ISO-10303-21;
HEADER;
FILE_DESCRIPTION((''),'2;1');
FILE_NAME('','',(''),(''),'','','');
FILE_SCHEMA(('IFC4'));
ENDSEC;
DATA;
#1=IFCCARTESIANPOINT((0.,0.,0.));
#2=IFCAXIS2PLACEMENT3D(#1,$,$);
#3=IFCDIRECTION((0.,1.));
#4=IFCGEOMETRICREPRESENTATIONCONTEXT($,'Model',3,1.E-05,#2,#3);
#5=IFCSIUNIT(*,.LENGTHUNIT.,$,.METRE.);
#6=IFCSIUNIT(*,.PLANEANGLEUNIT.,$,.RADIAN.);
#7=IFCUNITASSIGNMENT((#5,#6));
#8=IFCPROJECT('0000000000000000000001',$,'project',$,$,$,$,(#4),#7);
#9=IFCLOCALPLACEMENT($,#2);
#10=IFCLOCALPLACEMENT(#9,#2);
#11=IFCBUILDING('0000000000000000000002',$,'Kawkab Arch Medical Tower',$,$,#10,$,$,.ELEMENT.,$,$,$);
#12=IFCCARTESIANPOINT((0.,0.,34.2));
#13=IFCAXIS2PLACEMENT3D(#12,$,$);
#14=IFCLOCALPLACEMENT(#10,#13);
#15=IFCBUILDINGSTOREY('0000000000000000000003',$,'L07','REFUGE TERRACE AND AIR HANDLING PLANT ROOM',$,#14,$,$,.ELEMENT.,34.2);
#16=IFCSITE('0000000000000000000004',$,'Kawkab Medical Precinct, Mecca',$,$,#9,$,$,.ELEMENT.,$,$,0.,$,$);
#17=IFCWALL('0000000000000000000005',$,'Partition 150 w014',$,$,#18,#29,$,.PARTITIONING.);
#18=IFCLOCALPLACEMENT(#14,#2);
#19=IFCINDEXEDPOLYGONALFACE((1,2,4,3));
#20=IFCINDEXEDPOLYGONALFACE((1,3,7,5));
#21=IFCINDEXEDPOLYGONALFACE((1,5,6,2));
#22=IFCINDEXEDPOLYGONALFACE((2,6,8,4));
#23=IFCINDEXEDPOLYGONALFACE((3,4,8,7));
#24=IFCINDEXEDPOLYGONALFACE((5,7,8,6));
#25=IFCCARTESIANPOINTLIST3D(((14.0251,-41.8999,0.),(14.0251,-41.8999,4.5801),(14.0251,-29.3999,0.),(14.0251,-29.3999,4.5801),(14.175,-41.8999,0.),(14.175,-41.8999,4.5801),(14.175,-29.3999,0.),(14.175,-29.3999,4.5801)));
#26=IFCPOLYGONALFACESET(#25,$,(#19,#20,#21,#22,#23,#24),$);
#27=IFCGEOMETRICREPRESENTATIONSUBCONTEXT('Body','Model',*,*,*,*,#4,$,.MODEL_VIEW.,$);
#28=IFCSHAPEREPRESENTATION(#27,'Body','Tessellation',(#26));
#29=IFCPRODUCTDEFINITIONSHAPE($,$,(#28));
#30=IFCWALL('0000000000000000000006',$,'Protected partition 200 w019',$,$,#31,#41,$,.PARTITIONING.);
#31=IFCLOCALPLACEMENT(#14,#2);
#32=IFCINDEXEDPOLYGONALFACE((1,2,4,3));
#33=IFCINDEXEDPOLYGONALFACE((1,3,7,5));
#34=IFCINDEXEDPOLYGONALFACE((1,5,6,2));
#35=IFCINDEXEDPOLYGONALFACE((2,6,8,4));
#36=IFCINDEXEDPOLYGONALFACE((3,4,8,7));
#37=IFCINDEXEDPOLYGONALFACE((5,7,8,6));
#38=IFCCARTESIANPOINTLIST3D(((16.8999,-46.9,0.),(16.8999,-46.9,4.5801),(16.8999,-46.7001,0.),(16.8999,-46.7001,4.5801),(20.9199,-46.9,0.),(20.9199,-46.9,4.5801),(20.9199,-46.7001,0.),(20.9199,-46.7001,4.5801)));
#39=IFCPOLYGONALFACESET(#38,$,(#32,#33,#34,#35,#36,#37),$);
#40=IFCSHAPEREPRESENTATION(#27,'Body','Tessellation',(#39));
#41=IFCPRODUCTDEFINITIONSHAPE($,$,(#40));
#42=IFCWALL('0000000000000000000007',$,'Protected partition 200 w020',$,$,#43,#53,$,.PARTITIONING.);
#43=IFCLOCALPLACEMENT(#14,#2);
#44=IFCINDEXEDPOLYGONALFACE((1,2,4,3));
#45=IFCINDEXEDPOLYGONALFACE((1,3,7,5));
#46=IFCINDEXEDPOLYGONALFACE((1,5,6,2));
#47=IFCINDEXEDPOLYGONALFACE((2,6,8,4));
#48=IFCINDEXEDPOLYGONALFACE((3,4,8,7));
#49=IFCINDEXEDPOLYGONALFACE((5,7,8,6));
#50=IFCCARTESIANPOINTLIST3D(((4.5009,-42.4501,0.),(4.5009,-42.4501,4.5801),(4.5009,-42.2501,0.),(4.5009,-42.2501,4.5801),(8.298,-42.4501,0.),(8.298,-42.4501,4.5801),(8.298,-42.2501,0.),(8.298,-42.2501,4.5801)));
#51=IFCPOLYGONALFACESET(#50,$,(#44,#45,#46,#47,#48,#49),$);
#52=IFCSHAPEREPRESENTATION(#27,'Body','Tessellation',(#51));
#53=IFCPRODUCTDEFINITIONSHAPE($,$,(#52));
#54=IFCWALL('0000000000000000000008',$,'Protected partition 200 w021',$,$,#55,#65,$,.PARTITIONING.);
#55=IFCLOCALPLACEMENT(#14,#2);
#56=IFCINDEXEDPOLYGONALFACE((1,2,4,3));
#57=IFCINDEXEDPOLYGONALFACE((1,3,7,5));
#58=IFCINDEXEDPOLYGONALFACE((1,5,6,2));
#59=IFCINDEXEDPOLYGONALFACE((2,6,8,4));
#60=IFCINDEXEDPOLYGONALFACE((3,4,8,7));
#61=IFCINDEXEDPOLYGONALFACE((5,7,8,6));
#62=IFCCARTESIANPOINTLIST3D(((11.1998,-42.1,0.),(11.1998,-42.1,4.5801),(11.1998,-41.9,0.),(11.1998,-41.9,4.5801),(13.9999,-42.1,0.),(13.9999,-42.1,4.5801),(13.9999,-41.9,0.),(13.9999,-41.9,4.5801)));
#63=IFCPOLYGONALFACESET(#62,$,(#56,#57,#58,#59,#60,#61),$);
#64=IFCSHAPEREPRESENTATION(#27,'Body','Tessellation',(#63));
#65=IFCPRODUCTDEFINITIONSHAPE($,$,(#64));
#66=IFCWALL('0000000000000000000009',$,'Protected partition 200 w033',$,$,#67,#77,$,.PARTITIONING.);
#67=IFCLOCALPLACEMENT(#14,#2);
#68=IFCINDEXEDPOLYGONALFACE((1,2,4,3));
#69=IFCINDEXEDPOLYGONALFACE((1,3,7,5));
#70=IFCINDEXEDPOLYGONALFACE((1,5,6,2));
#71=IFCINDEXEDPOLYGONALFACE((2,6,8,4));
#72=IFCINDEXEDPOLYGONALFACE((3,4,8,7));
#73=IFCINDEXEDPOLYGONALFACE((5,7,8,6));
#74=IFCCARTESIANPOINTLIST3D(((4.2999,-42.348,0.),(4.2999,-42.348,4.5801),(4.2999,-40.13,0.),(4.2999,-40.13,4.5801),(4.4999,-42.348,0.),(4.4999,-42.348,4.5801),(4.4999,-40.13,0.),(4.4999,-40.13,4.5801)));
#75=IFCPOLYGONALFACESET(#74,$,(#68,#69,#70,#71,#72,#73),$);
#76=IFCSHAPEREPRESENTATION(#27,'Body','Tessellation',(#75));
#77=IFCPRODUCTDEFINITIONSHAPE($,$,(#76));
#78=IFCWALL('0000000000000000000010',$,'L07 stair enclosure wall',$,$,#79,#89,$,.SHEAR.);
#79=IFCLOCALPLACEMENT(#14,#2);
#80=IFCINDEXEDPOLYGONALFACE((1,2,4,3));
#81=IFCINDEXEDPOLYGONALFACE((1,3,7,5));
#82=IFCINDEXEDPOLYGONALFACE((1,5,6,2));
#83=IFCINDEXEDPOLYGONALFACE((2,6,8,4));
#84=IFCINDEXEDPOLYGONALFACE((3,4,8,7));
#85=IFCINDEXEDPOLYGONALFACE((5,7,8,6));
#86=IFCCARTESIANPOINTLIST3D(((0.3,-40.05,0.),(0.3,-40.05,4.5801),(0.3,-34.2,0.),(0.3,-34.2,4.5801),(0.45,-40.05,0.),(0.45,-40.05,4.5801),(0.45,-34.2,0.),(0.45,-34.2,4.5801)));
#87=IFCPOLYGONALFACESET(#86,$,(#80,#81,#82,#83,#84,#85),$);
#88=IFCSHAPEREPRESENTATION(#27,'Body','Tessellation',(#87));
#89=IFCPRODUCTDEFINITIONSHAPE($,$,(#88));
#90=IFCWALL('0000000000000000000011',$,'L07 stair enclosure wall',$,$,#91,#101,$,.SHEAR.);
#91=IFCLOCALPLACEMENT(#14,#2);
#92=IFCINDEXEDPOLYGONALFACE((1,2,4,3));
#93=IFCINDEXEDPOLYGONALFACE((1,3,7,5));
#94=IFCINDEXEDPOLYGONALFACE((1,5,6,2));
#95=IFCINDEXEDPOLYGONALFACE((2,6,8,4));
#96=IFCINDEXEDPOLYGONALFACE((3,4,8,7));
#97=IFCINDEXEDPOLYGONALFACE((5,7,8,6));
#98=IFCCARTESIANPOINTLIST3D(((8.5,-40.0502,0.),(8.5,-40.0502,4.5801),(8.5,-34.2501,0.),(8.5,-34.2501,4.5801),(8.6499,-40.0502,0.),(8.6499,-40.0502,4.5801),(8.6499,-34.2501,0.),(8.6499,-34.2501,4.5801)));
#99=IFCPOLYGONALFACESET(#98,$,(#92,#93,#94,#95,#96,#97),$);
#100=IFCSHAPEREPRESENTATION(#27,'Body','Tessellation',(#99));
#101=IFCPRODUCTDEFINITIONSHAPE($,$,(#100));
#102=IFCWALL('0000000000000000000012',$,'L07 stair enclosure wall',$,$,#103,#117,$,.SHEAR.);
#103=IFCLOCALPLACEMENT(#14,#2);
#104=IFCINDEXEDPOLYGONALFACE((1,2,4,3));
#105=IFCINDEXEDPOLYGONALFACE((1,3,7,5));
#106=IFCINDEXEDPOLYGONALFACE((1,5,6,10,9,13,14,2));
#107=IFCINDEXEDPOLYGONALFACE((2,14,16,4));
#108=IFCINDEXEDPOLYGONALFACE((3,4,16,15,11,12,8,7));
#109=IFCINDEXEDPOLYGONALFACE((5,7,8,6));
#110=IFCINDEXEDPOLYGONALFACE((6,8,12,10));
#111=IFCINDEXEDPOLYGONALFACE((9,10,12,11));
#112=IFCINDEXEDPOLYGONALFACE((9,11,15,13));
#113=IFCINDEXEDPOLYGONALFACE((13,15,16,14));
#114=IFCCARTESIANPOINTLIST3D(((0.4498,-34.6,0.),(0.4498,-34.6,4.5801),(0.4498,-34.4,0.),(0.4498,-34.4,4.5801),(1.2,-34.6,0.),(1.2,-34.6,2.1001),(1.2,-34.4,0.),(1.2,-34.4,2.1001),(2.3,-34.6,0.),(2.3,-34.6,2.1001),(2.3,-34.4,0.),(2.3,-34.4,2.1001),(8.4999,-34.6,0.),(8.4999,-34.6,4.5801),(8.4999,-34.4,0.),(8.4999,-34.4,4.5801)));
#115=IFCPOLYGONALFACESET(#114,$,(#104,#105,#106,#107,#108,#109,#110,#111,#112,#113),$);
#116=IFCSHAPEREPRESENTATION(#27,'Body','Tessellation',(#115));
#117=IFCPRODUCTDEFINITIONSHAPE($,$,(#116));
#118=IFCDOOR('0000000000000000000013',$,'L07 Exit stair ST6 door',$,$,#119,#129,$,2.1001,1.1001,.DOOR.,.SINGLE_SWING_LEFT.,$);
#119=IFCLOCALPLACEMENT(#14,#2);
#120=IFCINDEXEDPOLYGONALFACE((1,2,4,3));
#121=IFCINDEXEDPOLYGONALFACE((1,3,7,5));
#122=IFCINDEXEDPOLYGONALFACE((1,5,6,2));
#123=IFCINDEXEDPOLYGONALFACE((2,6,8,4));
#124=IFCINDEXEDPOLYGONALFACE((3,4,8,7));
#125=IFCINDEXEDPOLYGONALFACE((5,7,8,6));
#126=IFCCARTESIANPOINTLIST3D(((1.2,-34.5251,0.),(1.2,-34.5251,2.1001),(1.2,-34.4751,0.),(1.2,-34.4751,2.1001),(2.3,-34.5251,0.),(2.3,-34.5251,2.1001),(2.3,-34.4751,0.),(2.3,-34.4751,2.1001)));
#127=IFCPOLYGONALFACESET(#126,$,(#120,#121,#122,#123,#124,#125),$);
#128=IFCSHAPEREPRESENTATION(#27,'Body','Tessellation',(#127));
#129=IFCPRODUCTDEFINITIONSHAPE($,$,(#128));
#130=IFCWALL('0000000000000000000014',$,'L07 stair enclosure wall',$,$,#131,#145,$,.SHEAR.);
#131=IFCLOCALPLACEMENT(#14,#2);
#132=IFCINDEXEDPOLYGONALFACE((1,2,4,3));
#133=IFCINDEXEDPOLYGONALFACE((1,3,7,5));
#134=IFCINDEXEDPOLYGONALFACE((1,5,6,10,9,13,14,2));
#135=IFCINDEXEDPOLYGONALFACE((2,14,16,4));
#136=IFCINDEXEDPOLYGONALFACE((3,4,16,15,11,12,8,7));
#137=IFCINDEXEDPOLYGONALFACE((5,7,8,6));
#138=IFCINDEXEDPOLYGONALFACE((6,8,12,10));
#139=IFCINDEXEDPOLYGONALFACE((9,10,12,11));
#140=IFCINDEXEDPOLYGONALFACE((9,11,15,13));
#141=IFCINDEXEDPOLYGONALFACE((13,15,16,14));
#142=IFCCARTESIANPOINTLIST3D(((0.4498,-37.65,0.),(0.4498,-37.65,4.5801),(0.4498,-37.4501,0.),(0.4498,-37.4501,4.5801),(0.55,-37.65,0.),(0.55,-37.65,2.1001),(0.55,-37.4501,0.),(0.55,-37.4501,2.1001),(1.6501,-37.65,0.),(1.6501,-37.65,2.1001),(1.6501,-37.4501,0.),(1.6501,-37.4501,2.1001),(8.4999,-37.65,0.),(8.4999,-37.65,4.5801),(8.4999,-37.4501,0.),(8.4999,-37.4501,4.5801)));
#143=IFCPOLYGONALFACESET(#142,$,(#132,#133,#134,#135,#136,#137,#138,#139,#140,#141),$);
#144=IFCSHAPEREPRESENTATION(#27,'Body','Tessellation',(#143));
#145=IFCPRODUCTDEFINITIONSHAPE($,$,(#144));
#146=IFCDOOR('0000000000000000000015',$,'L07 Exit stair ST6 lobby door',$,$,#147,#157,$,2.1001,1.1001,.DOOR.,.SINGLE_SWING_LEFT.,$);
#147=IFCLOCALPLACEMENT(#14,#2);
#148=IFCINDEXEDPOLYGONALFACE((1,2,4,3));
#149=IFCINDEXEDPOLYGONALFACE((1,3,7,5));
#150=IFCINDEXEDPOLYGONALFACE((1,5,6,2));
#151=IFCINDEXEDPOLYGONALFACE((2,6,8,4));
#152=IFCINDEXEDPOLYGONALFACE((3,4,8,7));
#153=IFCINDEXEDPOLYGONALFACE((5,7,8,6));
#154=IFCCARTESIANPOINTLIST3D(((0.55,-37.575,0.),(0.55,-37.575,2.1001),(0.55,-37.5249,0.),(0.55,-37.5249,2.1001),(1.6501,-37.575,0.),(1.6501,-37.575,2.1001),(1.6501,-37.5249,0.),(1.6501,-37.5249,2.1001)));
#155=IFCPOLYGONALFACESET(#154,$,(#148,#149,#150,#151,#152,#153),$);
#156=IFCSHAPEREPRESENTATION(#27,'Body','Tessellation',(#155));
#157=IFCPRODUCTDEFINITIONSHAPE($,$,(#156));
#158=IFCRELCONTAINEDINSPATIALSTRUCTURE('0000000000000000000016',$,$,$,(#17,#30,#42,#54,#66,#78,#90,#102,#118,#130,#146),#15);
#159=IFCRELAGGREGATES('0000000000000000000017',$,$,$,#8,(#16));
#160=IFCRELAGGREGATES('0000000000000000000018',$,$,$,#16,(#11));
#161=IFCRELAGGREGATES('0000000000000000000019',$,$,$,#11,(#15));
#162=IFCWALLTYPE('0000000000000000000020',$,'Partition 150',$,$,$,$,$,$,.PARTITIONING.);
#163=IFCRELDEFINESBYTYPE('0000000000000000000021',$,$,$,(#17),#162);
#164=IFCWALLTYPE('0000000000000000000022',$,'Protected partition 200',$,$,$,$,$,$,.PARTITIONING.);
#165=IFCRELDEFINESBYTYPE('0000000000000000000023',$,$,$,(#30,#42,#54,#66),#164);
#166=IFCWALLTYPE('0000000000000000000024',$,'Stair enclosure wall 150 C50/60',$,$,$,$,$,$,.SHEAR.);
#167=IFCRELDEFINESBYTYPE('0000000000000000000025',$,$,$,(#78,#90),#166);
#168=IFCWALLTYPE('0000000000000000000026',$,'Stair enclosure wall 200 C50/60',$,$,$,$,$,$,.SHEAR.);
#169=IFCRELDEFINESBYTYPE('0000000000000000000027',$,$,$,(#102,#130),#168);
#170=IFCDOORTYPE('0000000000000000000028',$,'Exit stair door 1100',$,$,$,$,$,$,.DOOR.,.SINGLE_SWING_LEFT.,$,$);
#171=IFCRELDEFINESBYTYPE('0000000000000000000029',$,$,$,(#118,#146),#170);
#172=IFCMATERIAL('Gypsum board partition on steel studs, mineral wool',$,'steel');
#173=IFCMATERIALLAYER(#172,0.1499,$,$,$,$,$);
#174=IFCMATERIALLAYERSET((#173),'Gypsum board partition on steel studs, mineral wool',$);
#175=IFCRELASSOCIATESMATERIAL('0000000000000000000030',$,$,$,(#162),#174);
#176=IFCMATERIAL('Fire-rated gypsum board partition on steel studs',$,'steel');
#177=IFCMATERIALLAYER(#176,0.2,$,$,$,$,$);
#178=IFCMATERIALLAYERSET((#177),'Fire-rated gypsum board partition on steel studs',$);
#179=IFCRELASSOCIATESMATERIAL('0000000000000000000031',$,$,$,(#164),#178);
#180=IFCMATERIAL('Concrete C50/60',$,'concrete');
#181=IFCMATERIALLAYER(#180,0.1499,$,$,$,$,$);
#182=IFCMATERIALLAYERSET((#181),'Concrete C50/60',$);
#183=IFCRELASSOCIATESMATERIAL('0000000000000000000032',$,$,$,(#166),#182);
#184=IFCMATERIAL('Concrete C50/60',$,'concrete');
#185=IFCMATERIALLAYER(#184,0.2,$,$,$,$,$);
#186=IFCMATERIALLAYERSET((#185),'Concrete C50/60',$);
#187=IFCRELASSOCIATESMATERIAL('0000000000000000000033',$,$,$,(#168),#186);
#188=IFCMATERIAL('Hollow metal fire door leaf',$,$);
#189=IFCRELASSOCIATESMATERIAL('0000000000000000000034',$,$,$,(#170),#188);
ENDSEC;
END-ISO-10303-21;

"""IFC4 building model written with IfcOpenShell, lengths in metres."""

from ifc_helpers import new_model, si_unit, direction, frame, frame_2d, origin, place, context, subcontext, project, spatial, rectangle, extrude, material, layer, layer_set, type_object, element, fill, save


model = new_model("IFC4")

# Units and contexts
model_context = context("Model", 3, precision=1e-05, world=origin(), true_north=direction((0.0, 1.0)))
body_context = subcontext(model_context, "Body", "Model", "MODEL_VIEW")
ifc_project = project(units=[si_unit("LENGTHUNIT", "METRE"), si_unit("PLANEANGLEUNIT", "RADIAN")], contexts=[model_context])

# Site, building, storey
site_placement = place(None, origin())
site = spatial("IfcSite", under=ifc_project, at=site_placement, Name="Kawkab Medical Precinct, Mecca", CompositionType="ELEMENT", RefElevation=0.0)
building_placement = place(site_placement, origin())
building = spatial("IfcBuilding", under=site, at=building_placement, Name="Kawkab Arch Medical Tower", CompositionType="ELEMENT")
storey_placement = place(building_placement, frame((0.0, 0.0, 34.2)))
storey = spatial("IfcBuildingStorey", under=building, at=storey_placement, Name="L07", Description="REFUGE TERRACE AND AIR HANDLING PLANT ROOM", CompositionType="ELEMENT", Elevation=34.2)

# Shared definitions
ifc_material_1 = material(Name="Gypsum board partition on steel studs, mineral wool", Category="steel")
ifc_layer_1 = layer(ifc_material_1, 0.1499)
ifc_layer_set_1 = layer_set([ifc_layer_1], Name="Gypsum board partition on steel studs, mineral wool")
wall_type_1 = type_object("IfcWallType", Name="Partition 150", PredefinedType="PARTITIONING", material=ifc_layer_set_1)

# Walls
wall_1_placement = place(storey_placement, frame((14.1001, -41.8999, 0.0), z_axis=(0.0, 0.0, 1.0), x_axis=(0.0, 1.0, 0.0)))
element("IfcWall", 1, at=wall_1_placement, inside=storey, type_object=wall_type_1, Name="Partition 150 w014", PredefinedType="PARTITIONING", context=body_context, shape_type="SweptSolid", body=[
    extrude(rectangle(XDim=12.5, YDim=0.1499, at=frame_2d((6.25, 0.0))), origin(), (0.0, 0.0, 1.0), 4.5801),
])
ifc_material_2 = material(Name="Fire-rated gypsum board partition on steel studs", Category="steel")
ifc_layer_2 = layer(ifc_material_2, 0.2)
ifc_layer_set_2 = layer_set([ifc_layer_2], Name="Fire-rated gypsum board partition on steel studs")
wall_type_2 = type_object("IfcWallType", Name="Protected partition 200", PredefinedType="PARTITIONING", material=ifc_layer_set_2)
wall_2_placement = place(storey_placement, frame((16.8999, -46.8, 0.0), z_axis=(0.0, 0.0, 1.0), x_axis=(1.0, 0.0, 0.0)))
element("IfcWall", 2, at=wall_2_placement, inside=storey, type_object=wall_type_2, Name="Protected partition 200 w019", PredefinedType="PARTITIONING", context=body_context, shape_type="SweptSolid", body=[
    extrude(rectangle(XDim=4.02, YDim=0.2, at=frame_2d((2.01, 0.0))), origin(), (0.0, 0.0, 1.0), 4.5801),
])
wall_3_placement = place(storey_placement, frame((4.501, -42.3501, 0.0), z_axis=(0.0, 0.0, 1.0), x_axis=(1.0, 0.0, 0.0)))
element("IfcWall", 3, at=wall_3_placement, inside=storey, type_object=wall_type_2, Name="Protected partition 200 w020", PredefinedType="PARTITIONING", context=body_context, shape_type="SweptSolid", body=[
    extrude(rectangle(XDim=3.7971, YDim=0.2, at=frame_2d((1.8984, 0.0))), origin(), (0.0, 0.0, 1.0), 4.5801),
])
wall_4_placement = place(storey_placement, frame((11.2, -42.0, 0.0), z_axis=(0.0, 0.0, 1.0), x_axis=(1.0, 0.0, 0.0)))
element("IfcWall", 4, at=wall_4_placement, inside=storey, type_object=wall_type_2, Name="Protected partition 200 w021", PredefinedType="PARTITIONING", context=body_context, shape_type="SweptSolid", body=[
    extrude(rectangle(XDim=2.8, YDim=0.2, at=frame_2d((1.3999, 0.0))), origin(), (0.0, 0.0, 1.0), 4.5801),
])
wall_5_placement = place(storey_placement, frame((4.3999, -42.3479, 0.0), z_axis=(0.0, 0.0, 1.0), x_axis=(0.0, 1.0, 0.0)))
element("IfcWall", 5, at=wall_5_placement, inside=storey, type_object=wall_type_2, Name="Protected partition 200 w033", PredefinedType="PARTITIONING", context=body_context, shape_type="SweptSolid", body=[
    extrude(rectangle(XDim=2.218, YDim=0.2, at=frame_2d((1.1089, 0.0))), origin(), (0.0, 0.0, 1.0), 4.5801),
])
ifc_material_3 = material(Name="Concrete C50/60", Category="concrete")
ifc_layer_3 = layer(ifc_material_3, 0.1499)
ifc_layer_set_3 = layer_set([ifc_layer_3], Name="Concrete C50/60")
wall_type_3 = type_object("IfcWallType", Name="Stair enclosure wall 150 C50/60", PredefinedType="SHEAR", material=ifc_layer_set_3)
wall_6_placement = place(storey_placement, frame((0.375, -40.05, 0.0), z_axis=(0.0, 0.0, 1.0), x_axis=(0.0, 1.0, 0.0)))
element("IfcWall", 6, at=wall_6_placement, inside=storey, type_object=wall_type_3, Name="L07 stair enclosure wall", PredefinedType="SHEAR", context=body_context, shape_type="SweptSolid", body=[
    extrude(rectangle(XDim=5.8501, YDim=0.1499, at=frame_2d((2.925, 0.0))), origin(), (0.0, 0.0, 1.0), 4.5801),
])
wall_7_placement = place(storey_placement, frame((8.575, -40.05, 0.0), z_axis=(0.0, 0.0, 1.0), x_axis=(0.0, 1.0, 0.0)))
element("IfcWall", 7, at=wall_7_placement, inside=storey, type_object=wall_type_3, Name="L07 stair enclosure wall", PredefinedType="SHEAR", context=body_context, shape_type="SweptSolid", body=[
    extrude(rectangle(XDim=5.8, YDim=0.1499, at=frame_2d((2.8999, 0.0))), origin(), (0.0, 0.0, 1.0), 4.5801),
])

# Walls, openings, doors
ifc_material_4 = material(Name="Concrete C50/60", Category="concrete")
ifc_layer_4 = layer(ifc_material_4, 0.2)
ifc_layer_set_4 = layer_set([ifc_layer_4], Name="Concrete C50/60")
wall_type_4 = type_object("IfcWallType", Name="Stair enclosure wall 200 C50/60", PredefinedType="SHEAR", material=ifc_layer_set_4)
wall_8_placement = place(storey_placement, frame((0.45, -34.5, 0.0), z_axis=(0.0, 0.0, 1.0), x_axis=(1.0, 0.0, 0.0)))
wall_8 = element("IfcWall", 8, at=wall_8_placement, inside=storey, type_object=wall_type_4, Name="L07 stair enclosure wall", PredefinedType="SHEAR", context=body_context, shape_type="SweptSolid", body=[
    extrude(rectangle(XDim=8.05, YDim=0.2, at=frame_2d((4.0249, 0.0))), origin(), (0.0, 0.0, 1.0), 4.5801),
])
opening_1_placement = place(wall_8_placement, frame((0.75, 0.0, 0.0)))
opening_1 = element("IfcOpeningElement", 9, at=opening_1_placement, cuts=wall_8, PredefinedType="OPENING", context=body_context, shape_type="SweptSolid", body=[
    extrude(rectangle(XDim=1.1001, YDim=2.1001, at=frame_2d((0.55, 1.05))), frame((0.0, 0.1099, 0.0), z_axis=(0.0, -1.0, 0.0), x_axis=(1.0, 0.0, 0.0)), (0.0, 0.0, 1.0), 0.22),
])
ifc_material_5 = material(Name="Hollow metal fire door leaf")
door_type_1 = type_object("IfcDoorType", Name="Exit stair door 1100", OperationType="SINGLE_SWING_LEFT", PredefinedType="DOOR", material=ifc_material_5)
door_1_placement = place(opening_1_placement, origin())
door_1 = element("IfcDoor", 10, at=door_1_placement, inside=storey, type_object=door_type_1, Name="L07 Exit stair ST6 door", OperationType="SINGLE_SWING_LEFT", OverallHeight=2.1001, OverallWidth=1.1001, PredefinedType="DOOR", context=body_context, shape_type="SweptSolid", body=[
    extrude(rectangle(XDim=1.1001, YDim=2.1001, at=frame_2d((0.55, 1.05))), frame((0.0, 0.0249, 0.0), z_axis=(0.0, -1.0, 0.0), x_axis=(1.0, 0.0, 0.0)), (0.0, 0.0, 1.0), 0.05),
])
fill(opening_1, door_1)
wall_9_placement = place(storey_placement, frame((0.45, -37.55, 0.0), z_axis=(0.0, 0.0, 1.0), x_axis=(1.0, 0.0, 0.0)))
wall_9 = element("IfcWall", 11, at=wall_9_placement, inside=storey, type_object=wall_type_4, Name="L07 stair enclosure wall", PredefinedType="SHEAR", context=body_context, shape_type="SweptSolid", body=[
    extrude(rectangle(XDim=8.05, YDim=0.2, at=frame_2d((4.0249, 0.0))), origin(), (0.0, 0.0, 1.0), 4.5801),
])
opening_2_placement = place(wall_9_placement, frame((0.1001, 0.0, 0.0)))
opening_2 = element("IfcOpeningElement", 12, at=opening_2_placement, cuts=wall_9, PredefinedType="OPENING", context=body_context, shape_type="SweptSolid", body=[
    extrude(rectangle(XDim=1.1001, YDim=2.1001, at=frame_2d((0.55, 1.05))), frame((0.0, 0.1099, 0.0), z_axis=(0.0, -1.0, 0.0), x_axis=(1.0, 0.0, 0.0)), (0.0, 0.0, 1.0), 0.22),
])
door_2_placement = place(opening_2_placement, frame((1.1001, 0.0, 0.0), z_axis=(0.0, 0.0, 1.0), x_axis=(-1.0, 0.0, 0.0)))
door_2 = element("IfcDoor", 13, at=door_2_placement, inside=storey, type_object=door_type_1, Name="L07 Exit stair ST6 lobby door", OperationType="SINGLE_SWING_LEFT", OverallHeight=2.1001, OverallWidth=1.1001, PredefinedType="DOOR", context=body_context, shape_type="SweptSolid", body=[
    extrude(rectangle(XDim=1.1001, YDim=2.1001, at=frame_2d((0.55, 1.05))), frame((0.0, 0.0249, 0.0), z_axis=(0.0, -1.0, 0.0), x_axis=(1.0, 0.0, 0.0)), (0.0, 0.0, 1.0), 0.05),
])
fill(opening_2, door_2)

save(model, "model.ifc")
